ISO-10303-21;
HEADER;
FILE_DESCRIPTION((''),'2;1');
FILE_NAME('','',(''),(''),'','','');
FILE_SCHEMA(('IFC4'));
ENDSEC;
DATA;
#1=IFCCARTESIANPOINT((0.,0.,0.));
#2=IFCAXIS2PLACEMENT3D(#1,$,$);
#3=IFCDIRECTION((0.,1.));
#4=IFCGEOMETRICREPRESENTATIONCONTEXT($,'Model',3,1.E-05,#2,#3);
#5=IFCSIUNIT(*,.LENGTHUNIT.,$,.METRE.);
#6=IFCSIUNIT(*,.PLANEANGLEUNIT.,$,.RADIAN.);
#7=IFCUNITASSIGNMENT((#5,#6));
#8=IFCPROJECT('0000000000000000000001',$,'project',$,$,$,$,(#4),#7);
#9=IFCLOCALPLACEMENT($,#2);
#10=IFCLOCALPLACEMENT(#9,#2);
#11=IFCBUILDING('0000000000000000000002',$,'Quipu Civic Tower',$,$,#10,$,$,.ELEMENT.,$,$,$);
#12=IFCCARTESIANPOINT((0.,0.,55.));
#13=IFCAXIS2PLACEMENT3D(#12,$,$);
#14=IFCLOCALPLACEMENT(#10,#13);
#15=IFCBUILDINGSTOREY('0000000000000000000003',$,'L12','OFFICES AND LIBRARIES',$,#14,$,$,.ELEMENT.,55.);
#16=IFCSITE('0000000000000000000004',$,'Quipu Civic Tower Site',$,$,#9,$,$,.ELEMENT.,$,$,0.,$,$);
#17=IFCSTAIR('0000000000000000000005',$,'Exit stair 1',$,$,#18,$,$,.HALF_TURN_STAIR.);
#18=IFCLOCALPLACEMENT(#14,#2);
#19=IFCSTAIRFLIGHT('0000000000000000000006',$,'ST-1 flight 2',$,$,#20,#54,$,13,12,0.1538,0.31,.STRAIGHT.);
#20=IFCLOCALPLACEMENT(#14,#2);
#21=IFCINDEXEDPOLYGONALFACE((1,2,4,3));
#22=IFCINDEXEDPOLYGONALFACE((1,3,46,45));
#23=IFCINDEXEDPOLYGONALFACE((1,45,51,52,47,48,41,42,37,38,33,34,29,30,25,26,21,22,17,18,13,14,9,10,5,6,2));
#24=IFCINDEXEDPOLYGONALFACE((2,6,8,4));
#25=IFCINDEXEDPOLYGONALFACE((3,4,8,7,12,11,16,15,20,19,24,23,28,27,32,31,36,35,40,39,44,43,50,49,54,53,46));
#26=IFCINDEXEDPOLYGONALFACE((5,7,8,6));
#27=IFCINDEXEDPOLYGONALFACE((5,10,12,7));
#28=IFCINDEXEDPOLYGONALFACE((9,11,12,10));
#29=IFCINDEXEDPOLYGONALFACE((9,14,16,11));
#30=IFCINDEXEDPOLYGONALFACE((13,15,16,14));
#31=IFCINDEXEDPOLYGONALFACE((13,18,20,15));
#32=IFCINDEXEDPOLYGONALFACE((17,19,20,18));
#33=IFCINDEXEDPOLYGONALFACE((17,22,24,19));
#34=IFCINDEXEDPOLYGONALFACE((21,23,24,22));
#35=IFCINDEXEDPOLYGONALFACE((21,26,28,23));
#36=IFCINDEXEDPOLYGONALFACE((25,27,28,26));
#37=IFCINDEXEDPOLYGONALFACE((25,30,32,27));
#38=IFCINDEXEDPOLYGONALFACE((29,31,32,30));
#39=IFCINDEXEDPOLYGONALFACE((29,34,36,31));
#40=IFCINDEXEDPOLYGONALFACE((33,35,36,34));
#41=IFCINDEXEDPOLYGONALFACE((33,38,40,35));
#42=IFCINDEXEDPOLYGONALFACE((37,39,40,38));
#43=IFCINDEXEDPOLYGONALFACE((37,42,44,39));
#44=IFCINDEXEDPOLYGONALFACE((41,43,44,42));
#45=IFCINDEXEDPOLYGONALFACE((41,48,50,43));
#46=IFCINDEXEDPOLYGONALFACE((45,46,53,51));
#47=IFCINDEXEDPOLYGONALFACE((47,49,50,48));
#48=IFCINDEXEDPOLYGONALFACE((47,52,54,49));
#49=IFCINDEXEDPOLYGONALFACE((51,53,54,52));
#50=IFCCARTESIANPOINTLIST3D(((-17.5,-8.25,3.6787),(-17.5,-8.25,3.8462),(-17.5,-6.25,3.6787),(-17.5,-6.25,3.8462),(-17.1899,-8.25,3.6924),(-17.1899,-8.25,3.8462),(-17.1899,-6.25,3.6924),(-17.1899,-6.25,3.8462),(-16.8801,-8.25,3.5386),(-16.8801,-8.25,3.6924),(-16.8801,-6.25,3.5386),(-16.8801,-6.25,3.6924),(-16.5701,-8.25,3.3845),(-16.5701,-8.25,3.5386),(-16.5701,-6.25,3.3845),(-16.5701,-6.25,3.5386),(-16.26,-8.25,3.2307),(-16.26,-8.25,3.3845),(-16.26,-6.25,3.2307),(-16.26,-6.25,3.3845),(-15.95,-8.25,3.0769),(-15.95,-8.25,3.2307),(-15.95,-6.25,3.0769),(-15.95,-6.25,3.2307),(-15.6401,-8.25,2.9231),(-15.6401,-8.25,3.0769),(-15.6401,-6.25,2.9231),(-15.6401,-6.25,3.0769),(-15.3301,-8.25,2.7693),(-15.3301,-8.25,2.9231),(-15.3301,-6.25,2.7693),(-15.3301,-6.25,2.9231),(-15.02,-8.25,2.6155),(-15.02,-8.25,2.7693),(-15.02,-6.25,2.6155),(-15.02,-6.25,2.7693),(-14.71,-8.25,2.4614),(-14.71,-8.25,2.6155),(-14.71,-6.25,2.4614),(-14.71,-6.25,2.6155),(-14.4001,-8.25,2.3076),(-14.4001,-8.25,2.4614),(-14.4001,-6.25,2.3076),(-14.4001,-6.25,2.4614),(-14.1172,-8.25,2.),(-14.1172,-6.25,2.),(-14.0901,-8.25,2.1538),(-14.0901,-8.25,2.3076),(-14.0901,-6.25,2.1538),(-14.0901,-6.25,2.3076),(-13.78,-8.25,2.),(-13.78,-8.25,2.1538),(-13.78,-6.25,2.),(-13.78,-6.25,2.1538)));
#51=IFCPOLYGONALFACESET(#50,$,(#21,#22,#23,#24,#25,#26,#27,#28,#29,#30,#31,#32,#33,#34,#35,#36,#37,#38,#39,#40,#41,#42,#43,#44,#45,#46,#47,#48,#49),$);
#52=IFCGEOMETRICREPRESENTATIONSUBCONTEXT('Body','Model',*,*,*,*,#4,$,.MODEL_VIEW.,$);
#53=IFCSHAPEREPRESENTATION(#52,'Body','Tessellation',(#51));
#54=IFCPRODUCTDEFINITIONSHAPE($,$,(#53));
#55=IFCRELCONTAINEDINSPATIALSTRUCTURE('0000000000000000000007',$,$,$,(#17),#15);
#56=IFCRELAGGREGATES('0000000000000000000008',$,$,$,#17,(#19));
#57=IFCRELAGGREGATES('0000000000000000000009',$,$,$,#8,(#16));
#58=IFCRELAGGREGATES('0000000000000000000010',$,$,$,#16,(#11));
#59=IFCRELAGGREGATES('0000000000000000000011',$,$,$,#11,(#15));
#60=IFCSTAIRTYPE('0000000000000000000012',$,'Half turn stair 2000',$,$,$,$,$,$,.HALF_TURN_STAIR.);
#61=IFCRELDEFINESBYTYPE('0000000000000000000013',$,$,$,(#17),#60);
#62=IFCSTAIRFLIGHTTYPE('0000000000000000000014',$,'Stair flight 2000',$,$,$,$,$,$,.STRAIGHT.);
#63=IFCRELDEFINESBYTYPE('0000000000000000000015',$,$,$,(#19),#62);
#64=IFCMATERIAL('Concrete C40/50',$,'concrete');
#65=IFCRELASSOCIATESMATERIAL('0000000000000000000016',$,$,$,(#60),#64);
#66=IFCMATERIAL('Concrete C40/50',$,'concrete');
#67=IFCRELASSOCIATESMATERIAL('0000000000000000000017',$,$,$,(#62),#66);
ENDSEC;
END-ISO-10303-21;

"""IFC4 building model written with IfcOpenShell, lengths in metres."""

from ifc_helpers import new_model, si_unit, direction, frame, origin, place, context, subcontext, project, spatial, polyline, outline, extrude, material, type_object, element, aggregate, save


model = new_model("IFC4")

# Units and contexts
model_context = context("Model", 3, precision=1e-05, world=origin(), true_north=direction((0.0, 1.0)))
body_context = subcontext(model_context, "Body", "Model", "MODEL_VIEW")
ifc_project = project(units=[si_unit("LENGTHUNIT", "METRE"), si_unit("PLANEANGLEUNIT", "RADIAN")], contexts=[model_context])

# Site, building, storey
site_placement = place(None, origin())
site = spatial("IfcSite", under=ifc_project, at=site_placement, Name="Quipu Civic Tower Site", CompositionType="ELEMENT", RefElevation=0.0)
building_placement = place(site_placement, origin())
building = spatial("IfcBuilding", under=site, at=building_placement, Name="Quipu Civic Tower", CompositionType="ELEMENT")
storey_placement = place(building_placement, frame((0.0, 0.0, 55.0)))
storey = spatial("IfcBuildingStorey", under=building, at=storey_placement, Name="L12", Description="OFFICES AND LIBRARIES", CompositionType="ELEMENT", Elevation=55.0)

# Stair, stair flight
ifc_material_1 = material(Name="Concrete C40/50", Category="concrete")
stair_type = type_object("IfcStairType", Name="Half turn stair 2000", PredefinedType="HALF_TURN_STAIR", material=ifc_material_1)
stair_placement = place(storey_placement, origin())
stair = element("IfcStair", 1, at=stair_placement, inside=storey, type_object=stair_type, Name="Exit stair 1", PredefinedType="HALF_TURN_STAIR")
ifc_material_2 = material(Name="Concrete C40/50", Category="concrete")
stair_flight_type = type_object("IfcStairFlightType", Name="Stair flight 2000", PredefinedType="STRAIGHT", material=ifc_material_2)
stair_flight_1_placement = place(storey_placement, frame((-13.78, -7.25, 2.0), z_axis=(0.0, 0.0, 1.0), x_axis=(-1.0, 0.0, 0.0)))
stair_flight_1 = element("IfcStairFlight", 2, at=stair_flight_1_placement, type_object=stair_flight_type, Name="ST-1 flight 2", NumberOfRisers=13, NumberOfTreads=12, PredefinedType="STRAIGHT", RiserHeight=0.1538, TreadLength=0.31, context=body_context, shape_type="SweptSolid", body=[
    extrude(outline(polyline([(0.0, 0.0), (0.0, 0.1538), (0.3101, 0.1538), (0.3101, 0.3076), (0.6201, 0.3076), (0.6201, 0.4614), (0.9299, 0.4614), (0.9299, 0.6155), (1.24, 0.6155), (1.24, 0.7693), (1.55, 0.7693), (1.55, 0.9231), (1.8601, 0.9231), (1.8601, 1.0769), (2.1699, 1.0769), (2.1699, 1.2307), (2.48, 1.2307), (2.48, 1.3845), (2.79, 1.3845), (2.79, 1.5386), (3.1001, 1.5386), (3.1001, 1.6924), (3.4099, 1.6924), (3.4099, 1.8462), (3.72, 1.8462), (3.72, 2.0), (3.72, 1.6787), (0.3372, 0.0), (0.0, 0.0)])), frame((0.0, 1.0, 0.0), z_axis=(0.0, -1.0, 0.0), x_axis=(1.0, 0.0, 0.0)), (0.0, 0.0, 1.0), 2.0),
])
aggregate(stair, [stair_flight_1])

save(model, "model.ifc")
